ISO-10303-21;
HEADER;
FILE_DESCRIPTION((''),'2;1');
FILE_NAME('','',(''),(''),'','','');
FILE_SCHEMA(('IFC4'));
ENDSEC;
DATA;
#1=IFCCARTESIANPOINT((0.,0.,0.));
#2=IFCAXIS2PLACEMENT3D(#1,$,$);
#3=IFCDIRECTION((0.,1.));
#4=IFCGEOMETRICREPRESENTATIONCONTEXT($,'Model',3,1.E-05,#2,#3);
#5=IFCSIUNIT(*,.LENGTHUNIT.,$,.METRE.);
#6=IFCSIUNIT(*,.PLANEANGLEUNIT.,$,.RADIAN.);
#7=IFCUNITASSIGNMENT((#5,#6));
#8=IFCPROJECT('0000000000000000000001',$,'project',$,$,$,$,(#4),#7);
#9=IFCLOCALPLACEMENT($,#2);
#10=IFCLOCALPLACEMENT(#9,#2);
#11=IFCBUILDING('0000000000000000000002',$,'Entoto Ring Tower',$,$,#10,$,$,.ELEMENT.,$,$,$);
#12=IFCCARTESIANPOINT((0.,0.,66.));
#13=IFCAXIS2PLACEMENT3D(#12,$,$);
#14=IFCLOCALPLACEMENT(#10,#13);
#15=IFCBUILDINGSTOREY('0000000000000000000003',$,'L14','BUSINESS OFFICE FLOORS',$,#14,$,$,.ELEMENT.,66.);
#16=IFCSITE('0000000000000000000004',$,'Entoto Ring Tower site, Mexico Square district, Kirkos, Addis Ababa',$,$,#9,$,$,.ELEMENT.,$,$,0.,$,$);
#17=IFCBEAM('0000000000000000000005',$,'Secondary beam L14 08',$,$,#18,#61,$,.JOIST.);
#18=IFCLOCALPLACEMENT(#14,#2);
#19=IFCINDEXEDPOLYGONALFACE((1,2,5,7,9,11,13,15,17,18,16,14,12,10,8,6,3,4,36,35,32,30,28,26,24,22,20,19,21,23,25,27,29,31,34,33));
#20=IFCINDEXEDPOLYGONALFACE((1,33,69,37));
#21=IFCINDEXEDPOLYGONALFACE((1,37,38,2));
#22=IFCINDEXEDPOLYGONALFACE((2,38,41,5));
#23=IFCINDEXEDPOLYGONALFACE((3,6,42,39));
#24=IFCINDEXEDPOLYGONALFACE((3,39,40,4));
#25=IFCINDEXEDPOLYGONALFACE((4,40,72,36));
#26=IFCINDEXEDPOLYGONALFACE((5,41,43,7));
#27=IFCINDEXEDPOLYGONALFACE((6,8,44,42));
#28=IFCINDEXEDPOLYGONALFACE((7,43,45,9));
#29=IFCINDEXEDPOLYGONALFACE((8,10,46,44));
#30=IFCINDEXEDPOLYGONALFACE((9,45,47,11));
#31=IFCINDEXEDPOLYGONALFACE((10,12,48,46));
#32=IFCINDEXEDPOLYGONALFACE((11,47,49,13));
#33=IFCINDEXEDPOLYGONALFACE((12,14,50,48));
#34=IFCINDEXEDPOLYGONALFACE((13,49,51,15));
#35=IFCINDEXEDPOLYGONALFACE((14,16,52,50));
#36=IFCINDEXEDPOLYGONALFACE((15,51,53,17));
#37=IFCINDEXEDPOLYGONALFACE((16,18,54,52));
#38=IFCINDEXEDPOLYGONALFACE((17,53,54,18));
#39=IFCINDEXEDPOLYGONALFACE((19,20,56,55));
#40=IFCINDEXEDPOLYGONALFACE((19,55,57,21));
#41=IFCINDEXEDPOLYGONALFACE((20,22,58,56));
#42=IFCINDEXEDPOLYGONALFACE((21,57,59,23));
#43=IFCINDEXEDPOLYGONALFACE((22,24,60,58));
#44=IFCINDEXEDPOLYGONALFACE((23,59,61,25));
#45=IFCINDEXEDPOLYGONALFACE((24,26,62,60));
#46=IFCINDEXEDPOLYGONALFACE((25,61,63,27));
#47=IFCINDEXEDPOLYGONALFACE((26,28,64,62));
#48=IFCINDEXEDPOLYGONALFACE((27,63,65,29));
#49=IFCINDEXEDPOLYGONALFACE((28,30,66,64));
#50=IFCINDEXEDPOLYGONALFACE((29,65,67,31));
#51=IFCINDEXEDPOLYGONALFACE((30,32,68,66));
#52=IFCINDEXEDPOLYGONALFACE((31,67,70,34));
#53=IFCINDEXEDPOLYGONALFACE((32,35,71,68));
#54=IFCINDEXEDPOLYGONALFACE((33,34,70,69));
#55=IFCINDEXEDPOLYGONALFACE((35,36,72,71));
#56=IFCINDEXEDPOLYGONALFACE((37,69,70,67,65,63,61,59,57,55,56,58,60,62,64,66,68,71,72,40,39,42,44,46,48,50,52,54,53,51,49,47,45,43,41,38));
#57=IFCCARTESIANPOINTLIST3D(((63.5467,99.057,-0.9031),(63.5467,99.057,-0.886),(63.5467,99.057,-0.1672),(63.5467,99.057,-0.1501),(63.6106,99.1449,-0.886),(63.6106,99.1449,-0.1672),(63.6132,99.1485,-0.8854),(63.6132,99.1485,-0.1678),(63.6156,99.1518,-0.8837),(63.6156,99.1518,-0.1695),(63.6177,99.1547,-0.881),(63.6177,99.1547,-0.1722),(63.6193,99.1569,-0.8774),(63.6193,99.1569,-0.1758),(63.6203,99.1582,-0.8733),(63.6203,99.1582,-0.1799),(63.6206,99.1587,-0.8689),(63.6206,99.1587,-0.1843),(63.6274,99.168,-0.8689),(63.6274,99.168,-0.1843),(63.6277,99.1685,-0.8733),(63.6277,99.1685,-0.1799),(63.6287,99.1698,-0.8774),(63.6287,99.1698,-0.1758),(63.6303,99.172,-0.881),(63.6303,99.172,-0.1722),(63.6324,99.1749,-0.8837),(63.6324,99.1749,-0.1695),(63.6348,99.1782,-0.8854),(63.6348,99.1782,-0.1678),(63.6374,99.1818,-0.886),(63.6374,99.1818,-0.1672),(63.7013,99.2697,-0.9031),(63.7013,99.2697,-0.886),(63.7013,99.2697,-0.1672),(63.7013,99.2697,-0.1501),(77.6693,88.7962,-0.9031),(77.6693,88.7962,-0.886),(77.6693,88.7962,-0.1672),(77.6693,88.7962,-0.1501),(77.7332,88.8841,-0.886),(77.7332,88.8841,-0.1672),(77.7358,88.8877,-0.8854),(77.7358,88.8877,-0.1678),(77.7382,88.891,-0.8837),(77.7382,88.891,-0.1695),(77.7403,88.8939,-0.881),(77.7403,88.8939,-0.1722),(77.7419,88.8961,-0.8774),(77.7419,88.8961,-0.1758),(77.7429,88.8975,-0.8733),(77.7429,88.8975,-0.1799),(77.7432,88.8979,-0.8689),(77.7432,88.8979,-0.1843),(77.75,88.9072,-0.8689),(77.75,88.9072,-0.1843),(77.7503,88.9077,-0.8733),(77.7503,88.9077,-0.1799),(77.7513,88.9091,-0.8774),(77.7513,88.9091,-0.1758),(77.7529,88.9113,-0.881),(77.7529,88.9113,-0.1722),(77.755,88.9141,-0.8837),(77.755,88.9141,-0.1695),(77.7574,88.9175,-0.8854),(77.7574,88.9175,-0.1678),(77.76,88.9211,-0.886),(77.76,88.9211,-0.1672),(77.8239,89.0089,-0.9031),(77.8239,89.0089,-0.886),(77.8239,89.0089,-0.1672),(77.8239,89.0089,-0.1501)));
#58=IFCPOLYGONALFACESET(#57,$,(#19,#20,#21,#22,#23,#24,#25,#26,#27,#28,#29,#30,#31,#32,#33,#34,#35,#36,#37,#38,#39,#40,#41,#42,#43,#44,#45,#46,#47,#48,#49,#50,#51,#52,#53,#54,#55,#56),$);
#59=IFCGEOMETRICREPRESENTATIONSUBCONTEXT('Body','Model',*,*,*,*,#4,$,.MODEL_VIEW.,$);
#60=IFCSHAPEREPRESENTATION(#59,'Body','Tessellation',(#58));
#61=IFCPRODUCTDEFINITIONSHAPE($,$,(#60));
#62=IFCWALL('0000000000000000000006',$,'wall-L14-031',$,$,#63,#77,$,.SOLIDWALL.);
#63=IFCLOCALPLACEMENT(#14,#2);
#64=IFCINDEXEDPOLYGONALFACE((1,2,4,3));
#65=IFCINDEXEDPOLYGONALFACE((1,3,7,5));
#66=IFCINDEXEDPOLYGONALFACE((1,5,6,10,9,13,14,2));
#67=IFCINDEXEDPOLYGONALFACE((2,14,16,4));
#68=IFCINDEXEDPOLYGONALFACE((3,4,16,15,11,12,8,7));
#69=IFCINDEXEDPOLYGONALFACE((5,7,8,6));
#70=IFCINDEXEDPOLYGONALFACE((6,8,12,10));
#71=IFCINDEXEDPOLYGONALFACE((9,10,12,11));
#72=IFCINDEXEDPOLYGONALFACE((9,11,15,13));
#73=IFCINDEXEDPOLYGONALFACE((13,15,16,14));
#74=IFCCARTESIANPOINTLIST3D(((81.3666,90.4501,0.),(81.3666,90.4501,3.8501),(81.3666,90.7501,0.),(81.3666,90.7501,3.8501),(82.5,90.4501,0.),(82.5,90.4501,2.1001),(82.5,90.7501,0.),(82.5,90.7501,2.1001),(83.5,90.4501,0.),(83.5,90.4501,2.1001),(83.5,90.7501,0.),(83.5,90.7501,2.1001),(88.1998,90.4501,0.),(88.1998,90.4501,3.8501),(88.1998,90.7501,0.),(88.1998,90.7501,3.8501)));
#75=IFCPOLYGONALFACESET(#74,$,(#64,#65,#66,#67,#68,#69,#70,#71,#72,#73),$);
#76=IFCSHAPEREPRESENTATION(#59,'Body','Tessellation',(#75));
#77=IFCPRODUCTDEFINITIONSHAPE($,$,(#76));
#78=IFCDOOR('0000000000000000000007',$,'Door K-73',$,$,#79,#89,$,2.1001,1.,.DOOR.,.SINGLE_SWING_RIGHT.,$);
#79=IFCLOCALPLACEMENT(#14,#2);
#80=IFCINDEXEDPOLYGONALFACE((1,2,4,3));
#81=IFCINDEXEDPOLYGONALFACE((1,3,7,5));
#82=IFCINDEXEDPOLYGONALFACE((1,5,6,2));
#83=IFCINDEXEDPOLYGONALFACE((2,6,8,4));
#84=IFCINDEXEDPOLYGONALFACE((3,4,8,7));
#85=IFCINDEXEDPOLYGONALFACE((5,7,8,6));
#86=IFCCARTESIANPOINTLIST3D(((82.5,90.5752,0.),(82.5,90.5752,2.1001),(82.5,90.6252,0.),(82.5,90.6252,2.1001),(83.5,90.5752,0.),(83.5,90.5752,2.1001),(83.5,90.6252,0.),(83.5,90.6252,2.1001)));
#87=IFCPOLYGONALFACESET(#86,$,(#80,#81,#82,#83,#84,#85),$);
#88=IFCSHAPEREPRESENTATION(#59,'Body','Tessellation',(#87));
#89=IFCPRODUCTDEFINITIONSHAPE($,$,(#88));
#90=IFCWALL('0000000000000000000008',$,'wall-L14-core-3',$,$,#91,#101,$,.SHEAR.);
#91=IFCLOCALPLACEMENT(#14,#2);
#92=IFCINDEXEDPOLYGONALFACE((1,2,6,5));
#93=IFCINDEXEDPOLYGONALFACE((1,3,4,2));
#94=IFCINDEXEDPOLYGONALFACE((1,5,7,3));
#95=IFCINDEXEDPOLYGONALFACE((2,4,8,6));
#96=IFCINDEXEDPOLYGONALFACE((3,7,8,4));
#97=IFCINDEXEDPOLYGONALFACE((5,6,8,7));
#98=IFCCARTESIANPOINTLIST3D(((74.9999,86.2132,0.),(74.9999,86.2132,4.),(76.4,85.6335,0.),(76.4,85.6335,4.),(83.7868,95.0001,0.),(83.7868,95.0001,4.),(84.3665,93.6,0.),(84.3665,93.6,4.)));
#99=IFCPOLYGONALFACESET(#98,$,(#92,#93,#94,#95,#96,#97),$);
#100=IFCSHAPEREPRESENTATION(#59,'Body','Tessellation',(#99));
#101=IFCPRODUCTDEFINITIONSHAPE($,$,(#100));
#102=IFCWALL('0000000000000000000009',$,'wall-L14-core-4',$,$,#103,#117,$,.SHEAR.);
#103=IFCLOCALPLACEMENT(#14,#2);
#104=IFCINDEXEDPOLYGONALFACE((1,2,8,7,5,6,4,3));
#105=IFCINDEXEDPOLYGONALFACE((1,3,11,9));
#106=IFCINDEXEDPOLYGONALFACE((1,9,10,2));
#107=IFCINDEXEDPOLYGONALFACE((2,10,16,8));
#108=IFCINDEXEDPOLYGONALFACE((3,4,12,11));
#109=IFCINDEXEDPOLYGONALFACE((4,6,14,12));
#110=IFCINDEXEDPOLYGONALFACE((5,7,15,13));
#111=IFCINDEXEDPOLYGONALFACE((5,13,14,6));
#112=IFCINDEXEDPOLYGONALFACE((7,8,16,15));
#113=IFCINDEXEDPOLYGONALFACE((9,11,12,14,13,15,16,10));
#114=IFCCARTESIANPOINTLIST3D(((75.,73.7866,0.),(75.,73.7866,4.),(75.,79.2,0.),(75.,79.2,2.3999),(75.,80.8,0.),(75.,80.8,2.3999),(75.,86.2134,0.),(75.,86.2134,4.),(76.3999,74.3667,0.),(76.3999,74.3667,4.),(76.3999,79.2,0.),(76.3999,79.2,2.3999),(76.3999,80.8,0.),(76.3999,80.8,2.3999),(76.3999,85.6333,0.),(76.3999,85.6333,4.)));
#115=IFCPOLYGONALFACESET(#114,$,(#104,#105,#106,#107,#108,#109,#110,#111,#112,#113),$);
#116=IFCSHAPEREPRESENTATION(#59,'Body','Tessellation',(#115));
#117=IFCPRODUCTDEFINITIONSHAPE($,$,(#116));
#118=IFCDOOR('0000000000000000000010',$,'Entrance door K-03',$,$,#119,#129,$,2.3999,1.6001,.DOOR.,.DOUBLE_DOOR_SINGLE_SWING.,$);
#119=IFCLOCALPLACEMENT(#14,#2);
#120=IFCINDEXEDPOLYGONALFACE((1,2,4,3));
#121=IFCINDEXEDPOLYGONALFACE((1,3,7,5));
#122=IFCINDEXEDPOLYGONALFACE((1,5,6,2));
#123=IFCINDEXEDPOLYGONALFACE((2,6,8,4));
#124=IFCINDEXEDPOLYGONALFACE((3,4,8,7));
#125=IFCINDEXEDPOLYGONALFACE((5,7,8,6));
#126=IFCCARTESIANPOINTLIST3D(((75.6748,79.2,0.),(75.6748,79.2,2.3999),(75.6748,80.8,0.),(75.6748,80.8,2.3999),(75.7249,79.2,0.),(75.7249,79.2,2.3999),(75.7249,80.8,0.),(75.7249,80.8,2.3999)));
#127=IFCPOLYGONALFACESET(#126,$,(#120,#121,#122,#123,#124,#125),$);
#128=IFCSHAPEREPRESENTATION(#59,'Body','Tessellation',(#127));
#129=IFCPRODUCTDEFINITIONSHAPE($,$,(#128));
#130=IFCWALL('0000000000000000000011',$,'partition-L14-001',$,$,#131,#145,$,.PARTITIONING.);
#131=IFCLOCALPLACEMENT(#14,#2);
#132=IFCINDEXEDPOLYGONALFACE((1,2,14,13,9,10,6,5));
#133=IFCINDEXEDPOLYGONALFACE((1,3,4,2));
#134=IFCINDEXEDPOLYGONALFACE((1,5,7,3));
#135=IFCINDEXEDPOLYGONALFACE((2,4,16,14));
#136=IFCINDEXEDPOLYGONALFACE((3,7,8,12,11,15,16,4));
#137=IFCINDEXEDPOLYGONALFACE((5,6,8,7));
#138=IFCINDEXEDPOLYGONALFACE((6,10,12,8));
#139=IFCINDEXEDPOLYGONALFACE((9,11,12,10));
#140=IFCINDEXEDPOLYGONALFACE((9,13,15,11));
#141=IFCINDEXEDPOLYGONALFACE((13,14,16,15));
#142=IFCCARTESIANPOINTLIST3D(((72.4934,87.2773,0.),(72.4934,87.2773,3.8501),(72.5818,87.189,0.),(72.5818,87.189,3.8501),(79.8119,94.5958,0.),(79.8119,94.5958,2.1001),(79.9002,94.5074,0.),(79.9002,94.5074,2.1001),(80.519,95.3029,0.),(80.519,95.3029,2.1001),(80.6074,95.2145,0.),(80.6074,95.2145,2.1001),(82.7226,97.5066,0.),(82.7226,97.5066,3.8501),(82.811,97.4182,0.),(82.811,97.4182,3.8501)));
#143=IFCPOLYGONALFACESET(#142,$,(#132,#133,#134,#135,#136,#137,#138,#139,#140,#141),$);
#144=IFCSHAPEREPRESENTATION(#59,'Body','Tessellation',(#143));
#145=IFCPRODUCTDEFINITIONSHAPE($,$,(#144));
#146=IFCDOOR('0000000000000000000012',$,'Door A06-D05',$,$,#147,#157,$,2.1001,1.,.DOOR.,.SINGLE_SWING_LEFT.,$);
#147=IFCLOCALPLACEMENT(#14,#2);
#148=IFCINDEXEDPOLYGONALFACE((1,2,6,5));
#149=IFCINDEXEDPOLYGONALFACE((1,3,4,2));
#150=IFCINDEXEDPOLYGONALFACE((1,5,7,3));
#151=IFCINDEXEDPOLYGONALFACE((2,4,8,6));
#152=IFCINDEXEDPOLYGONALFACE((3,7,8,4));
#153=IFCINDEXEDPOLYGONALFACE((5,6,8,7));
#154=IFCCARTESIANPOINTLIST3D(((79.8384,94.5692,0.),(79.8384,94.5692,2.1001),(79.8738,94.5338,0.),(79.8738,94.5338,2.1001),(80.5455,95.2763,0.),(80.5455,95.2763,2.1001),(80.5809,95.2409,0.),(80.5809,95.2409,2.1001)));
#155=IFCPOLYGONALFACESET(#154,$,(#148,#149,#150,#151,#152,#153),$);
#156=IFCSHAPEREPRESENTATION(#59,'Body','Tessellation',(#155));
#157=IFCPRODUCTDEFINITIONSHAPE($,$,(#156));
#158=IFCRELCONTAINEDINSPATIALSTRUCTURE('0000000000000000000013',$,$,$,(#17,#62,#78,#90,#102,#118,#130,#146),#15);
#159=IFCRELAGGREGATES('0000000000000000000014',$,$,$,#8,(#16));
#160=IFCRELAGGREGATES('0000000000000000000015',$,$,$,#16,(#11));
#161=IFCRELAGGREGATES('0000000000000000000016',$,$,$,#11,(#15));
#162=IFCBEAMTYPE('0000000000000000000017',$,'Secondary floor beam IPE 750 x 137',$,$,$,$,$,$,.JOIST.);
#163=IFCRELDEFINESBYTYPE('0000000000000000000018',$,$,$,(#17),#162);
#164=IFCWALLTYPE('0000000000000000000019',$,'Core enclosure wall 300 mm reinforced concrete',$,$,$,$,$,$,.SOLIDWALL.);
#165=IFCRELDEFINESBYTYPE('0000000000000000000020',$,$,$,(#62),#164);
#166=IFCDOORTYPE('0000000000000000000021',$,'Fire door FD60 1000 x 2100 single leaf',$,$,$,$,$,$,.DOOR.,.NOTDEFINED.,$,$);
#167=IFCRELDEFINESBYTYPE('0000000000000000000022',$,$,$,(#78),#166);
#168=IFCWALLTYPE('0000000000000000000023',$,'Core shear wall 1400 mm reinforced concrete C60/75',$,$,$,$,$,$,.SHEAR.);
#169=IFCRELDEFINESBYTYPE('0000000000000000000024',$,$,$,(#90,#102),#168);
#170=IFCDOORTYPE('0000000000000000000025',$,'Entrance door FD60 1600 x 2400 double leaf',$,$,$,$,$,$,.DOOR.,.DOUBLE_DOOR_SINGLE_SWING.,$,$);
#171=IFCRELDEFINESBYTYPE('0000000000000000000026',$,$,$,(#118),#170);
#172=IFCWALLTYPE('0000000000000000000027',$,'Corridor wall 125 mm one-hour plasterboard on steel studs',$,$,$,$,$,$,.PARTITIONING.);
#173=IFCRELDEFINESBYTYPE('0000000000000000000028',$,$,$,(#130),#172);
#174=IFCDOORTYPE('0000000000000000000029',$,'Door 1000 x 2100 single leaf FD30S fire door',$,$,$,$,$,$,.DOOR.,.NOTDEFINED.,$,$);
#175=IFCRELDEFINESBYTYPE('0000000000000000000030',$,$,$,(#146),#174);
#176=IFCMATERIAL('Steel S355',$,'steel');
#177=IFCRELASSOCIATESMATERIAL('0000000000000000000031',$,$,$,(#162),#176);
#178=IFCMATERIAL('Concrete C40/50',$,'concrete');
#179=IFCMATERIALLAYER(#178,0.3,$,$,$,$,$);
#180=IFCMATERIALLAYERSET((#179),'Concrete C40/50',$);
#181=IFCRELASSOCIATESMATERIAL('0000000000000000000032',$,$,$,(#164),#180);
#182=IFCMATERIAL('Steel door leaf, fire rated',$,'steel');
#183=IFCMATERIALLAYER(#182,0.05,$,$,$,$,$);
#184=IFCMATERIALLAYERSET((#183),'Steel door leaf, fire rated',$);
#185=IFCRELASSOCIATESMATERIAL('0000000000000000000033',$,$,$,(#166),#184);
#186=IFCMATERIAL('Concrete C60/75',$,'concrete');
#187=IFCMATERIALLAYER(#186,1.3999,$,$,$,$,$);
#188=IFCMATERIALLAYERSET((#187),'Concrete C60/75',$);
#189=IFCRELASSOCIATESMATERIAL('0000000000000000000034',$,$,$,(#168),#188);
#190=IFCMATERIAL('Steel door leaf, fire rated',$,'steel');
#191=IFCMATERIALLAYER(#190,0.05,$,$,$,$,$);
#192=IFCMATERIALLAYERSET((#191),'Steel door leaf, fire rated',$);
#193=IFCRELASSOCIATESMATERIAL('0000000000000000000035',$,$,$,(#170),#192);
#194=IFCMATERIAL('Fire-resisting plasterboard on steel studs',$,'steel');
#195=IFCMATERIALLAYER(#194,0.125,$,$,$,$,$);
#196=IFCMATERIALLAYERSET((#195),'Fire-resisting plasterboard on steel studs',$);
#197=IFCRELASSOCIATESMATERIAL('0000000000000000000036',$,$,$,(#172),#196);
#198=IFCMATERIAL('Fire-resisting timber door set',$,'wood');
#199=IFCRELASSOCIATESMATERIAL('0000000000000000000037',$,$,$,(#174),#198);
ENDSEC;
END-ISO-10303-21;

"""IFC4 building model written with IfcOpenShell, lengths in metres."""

from ifc_helpers import new_model, si_unit, direction, frame, frame_2d, origin, origin_2d, place, context, subcontext, project, spatial, polyline, rectangle, i_section, outline, extrude, material, layer, layer_set, material_profile, profile_set, type_object, element, fill, save


model = new_model("IFC4")

# Units and contexts
model_context = context("Model", 3, precision=1e-05, world=origin(), true_north=direction((0.0, 1.0)))
body_context = subcontext(model_context, "Body", "Model", "MODEL_VIEW")
ifc_project = project(units=[si_unit("LENGTHUNIT", "METRE"), si_unit("PLANEANGLEUNIT", "RADIAN")], contexts=[model_context])

# Site, building, storey
site_placement = place(None, origin())
site = spatial("IfcSite", under=ifc_project, at=site_placement, Name="Entoto Ring Tower site, Mexico Square district, Kirkos, Addis Ababa", CompositionType="ELEMENT", RefElevation=0.0)
building_placement = place(site_placement, origin())
building = spatial("IfcBuilding", under=site, at=building_placement, Name="Entoto Ring Tower", CompositionType="ELEMENT")
storey_placement = place(building_placement, frame((0.0, 0.0, 66.0)))
storey = spatial("IfcBuildingStorey", under=building, at=storey_placement, Name="L14", Description="BUSINESS OFFICE FLOORS", CompositionType="ELEMENT", Elevation=66.0)

# Beam
ifc_material_1 = material(Name="Steel S355", Category="steel")
ifc_material_profile_1 = material_profile(ifc_material_1, i_section(OverallWidth=0.2629, OverallDepth=0.7529, WebThickness=0.0115, FlangeThickness=0.0171, FilletRadius=0.0171, at=origin_2d()), Name="IPE 750 x 137")
ifc_profile_set_1 = profile_set([ifc_material_profile_1], Name="Steel S355")
beam_type_1 = type_object("IfcBeamType", Name="Secondary floor beam IPE 750 x 137", PredefinedType="JOIST", material=ifc_profile_set_1)
for number, where, z_axis, x_axis, name in (
    (1, (77.7466, 88.9026, -0.5266), (-0.809014, 0.587789, 0.0), (-0.587789, -0.809014, 0.0), "Secondary beam L14 08"),
):
    element("IfcBeam", number, at=place(storey_placement, frame(where, z_axis=z_axis, x_axis=x_axis)), inside=storey, type_object=beam_type_1, Name=name, PredefinedType="JOIST", context=body_context, shape_type="SweptSolid", body=[
        extrude(i_section(OverallWidth=0.2629, OverallDepth=0.7529, WebThickness=0.0115, FlangeThickness=0.0171, FilletRadius=0.0171, at=origin_2d()), origin(), (0.0, 0.0, 1.0), 17.4565),
    ])

# Wall, opening, door
ifc_material_2 = material(Name="Concrete C40/50", Category="concrete")
ifc_layer_1 = layer(ifc_material_2, 0.3)
ifc_layer_set_1 = layer_set([ifc_layer_1], Name="Concrete C40/50")
wall_type_1 = type_object("IfcWallType", Name="Core enclosure wall 300 mm reinforced concrete", PredefinedType="SOLIDWALL", material=ifc_layer_set_1)
wall_1_placement = place(storey_placement, frame((81.3667, 90.6001, 0.0), z_axis=(0.0, 0.0, 1.0), x_axis=(1.0, 0.0, 0.0)))
wall_1 = element("IfcWall", 2, at=wall_1_placement, inside=storey, type_object=wall_type_1, Name="wall-L14-031", PredefinedType="SOLIDWALL", context=body_context, shape_type="SweptSolid", body=[
    extrude(rectangle(XDim=6.8333, YDim=0.3, at=frame_2d((3.4165, 0.0))), origin(), (0.0, 0.0, 1.0), 3.8501),
])
opening_1_placement = place(wall_1_placement, frame((1.1333, 0.0, 0.0)))
opening_1 = element("IfcOpeningElement", 3, at=opening_1_placement, cuts=wall_1, PredefinedType="OPENING", context=body_context, shape_type="SweptSolid", body=[
    extrude(rectangle(XDim=1.0, YDim=2.1001, at=frame_2d((0.5, 1.05))), frame((0.0, 0.1602, 0.0), z_axis=(0.0, -1.0, 0.0), x_axis=(1.0, 0.0, 0.0)), (0.0, 0.0, 1.0), 0.3201),
])
ifc_material_3 = material(Name="Steel door leaf, fire rated", Category="steel")
ifc_layer_2 = layer(ifc_material_3, 0.05)
ifc_layer_set_2 = layer_set([ifc_layer_2], Name="Steel door leaf, fire rated")
door_type_1 = type_object("IfcDoorType", Name="Fire door FD60 1000 x 2100 single leaf", OperationType="NOTDEFINED", PredefinedType="DOOR", material=ifc_layer_set_2)
door_1_placement = place(opening_1_placement, frame((1.0, 0.0, 0.0), z_axis=(0.0, 0.0, 1.0), x_axis=(-1.0, 0.0, 0.0)))
door_1 = element("IfcDoor", 4, at=door_1_placement, inside=storey, type_object=door_type_1, Name="Door K-73", OperationType="SINGLE_SWING_RIGHT", OverallHeight=2.1001, OverallWidth=1.0, PredefinedType="DOOR", context=body_context, shape_type="SweptSolid", body=[
    extrude(rectangle(XDim=1.0, YDim=2.1001, at=frame_2d((0.5, 1.05))), frame((0.0, 0.0249, 0.0), z_axis=(0.0, -1.0, 0.0), x_axis=(1.0, 0.0, 0.0)), (0.0, 0.0, 1.0), 0.05),
])
fill(opening_1, door_1)

# Wall
ifc_material_4 = material(Name="Concrete C60/75", Category="concrete")
ifc_layer_3 = layer(ifc_material_4, 1.3999)
ifc_layer_set_3 = layer_set([ifc_layer_3], Name="Concrete C60/75")
wall_type_2 = type_object("IfcWallType", Name="Core shear wall 1400 mm reinforced concrete C60/75", PredefinedType="SHEAR", material=ifc_layer_set_3)
wall_2_placement = place(storey_placement, frame((84.0767, 94.3, 0.0), z_axis=(0.0, 0.0, 1.0), x_axis=(-0.707107, -0.707107, 0.0)))
element("IfcWall", 5, at=wall_2_placement, inside=storey, type_object=wall_type_2, Name="wall-L14-core-3", PredefinedType="SHEAR", context=body_context, shape_type="SweptSolid", body=[
    extrude(outline(polyline([(-0.29, -0.7), (12.1365, -0.7), (11.5564, 0.7), (0.29, 0.7), (-0.29, -0.7)])), origin(), (0.0, 0.0, 1.0), 4.0),
])

# Walls, openings, doors
wall_3_placement = place(storey_placement, frame((75.7, 85.9233, 0.0), z_axis=(0.0, 0.0, 1.0), x_axis=(0.0, -1.0, 0.0)))
wall_3 = element("IfcWall", 6, at=wall_3_placement, inside=storey, type_object=wall_type_2, Name="wall-L14-core-4", PredefinedType="SHEAR", context=body_context, shape_type="SweptSolid", body=[
    extrude(outline(polyline([(-0.29, -0.7), (12.1367, -0.7), (11.5566, 0.7), (0.29, 0.7), (-0.29, -0.7)])), origin(), (0.0, 0.0, 1.0), 4.0),
])
opening_2_placement = place(wall_3_placement, frame((5.1233, 0.0, 0.0)))
opening_2 = element("IfcOpeningElement", 7, at=opening_2_placement, cuts=wall_3, PredefinedType="OPENING", context=body_context, shape_type="SweptSolid", body=[
    extrude(rectangle(XDim=1.6001, YDim=2.3999, at=frame_2d((0.8, 1.2))), frame((0.0, 0.71, 0.0), z_axis=(0.0, -1.0, 0.0), x_axis=(1.0, 0.0, 0.0)), (0.0, 0.0, 1.0), 1.4199),
])
ifc_material_5 = material(Name="Steel door leaf, fire rated", Category="steel")
ifc_layer_4 = layer(ifc_material_5, 0.05)
ifc_layer_set_4 = layer_set([ifc_layer_4], Name="Steel door leaf, fire rated")
door_type_2 = type_object("IfcDoorType", Name="Entrance door FD60 1600 x 2400 double leaf", OperationType="DOUBLE_DOOR_SINGLE_SWING", PredefinedType="DOOR", material=ifc_layer_set_4)
door_2_placement = place(opening_2_placement, origin())
door_2 = element("IfcDoor", 8, at=door_2_placement, inside=storey, type_object=door_type_2, Name="Entrance door K-03", OperationType="DOUBLE_DOOR_SINGLE_SWING", OverallHeight=2.3999, OverallWidth=1.6001, PredefinedType="DOOR", context=body_context, shape_type="SweptSolid", body=[
    extrude(rectangle(XDim=1.6001, YDim=2.3999, at=frame_2d((0.8, 1.2))), frame((0.0, 0.0249, 0.0), z_axis=(0.0, -1.0, 0.0), x_axis=(1.0, 0.0, 0.0)), (0.0, 0.0, 1.0), 0.05),
])
fill(opening_2, door_2)
ifc_material_6 = material(Name="Fire-resisting plasterboard on steel studs", Category="steel")
ifc_layer_5 = layer(ifc_material_6, 0.125)
ifc_layer_set_5 = layer_set([ifc_layer_5], Name="Fire-resisting plasterboard on steel studs")
wall_type_3 = type_object("IfcWallType", Name="Corridor wall 125 mm one-hour plasterboard on steel studs", PredefinedType="PARTITIONING", material=ifc_layer_set_5)
wall_4_placement = place(storey_placement, frame((72.5376, 87.2332, 0.0), z_axis=(0.0, 0.0, 1.0), x_axis=(0.707107, 0.707107, 0.0)))
wall_4 = element("IfcWall", 9, at=wall_4_placement, inside=storey, type_object=wall_type_3, Name="partition-L14-001", PredefinedType="PARTITIONING", context=body_context, shape_type="SweptSolid", body=[
    extrude(rectangle(XDim=14.4663, YDim=0.125, at=frame_2d((7.2332, 0.0))), origin(), (0.0, 0.0, 1.0), 3.8501),
])
opening_3_placement = place(wall_4_placement, frame((10.3499, 0.0, 0.0)))
opening_3 = element("IfcOpeningElement", 10, at=opening_3_placement, cuts=wall_4, PredefinedType="OPENING", context=body_context, shape_type="SweptSolid", body=[
    extrude(rectangle(XDim=1.0, YDim=2.1001, at=frame_2d((0.5, 1.05))), frame((0.0, 0.0725, 0.0), z_axis=(0.0, -1.0, 0.0), x_axis=(1.0, 0.0, 0.0)), (0.0, 0.0, 1.0), 0.145),
])
ifc_material_7 = material(Name="Fire-resisting timber door set", Category="wood")
door_type_3 = type_object("IfcDoorType", Name="Door 1000 x 2100 single leaf FD30S fire door", OperationType="NOTDEFINED", PredefinedType="DOOR", material=ifc_material_7)
door_3_placement = place(opening_3_placement, origin())
door_3 = element("IfcDoor", 11, at=door_3_placement, inside=storey, type_object=door_type_3, Name="Door A06-D05", OperationType="SINGLE_SWING_LEFT", OverallHeight=2.1001, OverallWidth=1.0, PredefinedType="DOOR", context=body_context, shape_type="SweptSolid", body=[
    extrude(rectangle(XDim=1.0, YDim=2.1001, at=frame_2d((0.5, 1.05))), frame((0.0, 0.0249, 0.0), z_axis=(0.0, -1.0, 0.0), x_axis=(1.0, 0.0, 0.0)), (0.0, 0.0, 1.0), 0.05),
])
fill(opening_3, door_3)

save(model, "model.ifc")
